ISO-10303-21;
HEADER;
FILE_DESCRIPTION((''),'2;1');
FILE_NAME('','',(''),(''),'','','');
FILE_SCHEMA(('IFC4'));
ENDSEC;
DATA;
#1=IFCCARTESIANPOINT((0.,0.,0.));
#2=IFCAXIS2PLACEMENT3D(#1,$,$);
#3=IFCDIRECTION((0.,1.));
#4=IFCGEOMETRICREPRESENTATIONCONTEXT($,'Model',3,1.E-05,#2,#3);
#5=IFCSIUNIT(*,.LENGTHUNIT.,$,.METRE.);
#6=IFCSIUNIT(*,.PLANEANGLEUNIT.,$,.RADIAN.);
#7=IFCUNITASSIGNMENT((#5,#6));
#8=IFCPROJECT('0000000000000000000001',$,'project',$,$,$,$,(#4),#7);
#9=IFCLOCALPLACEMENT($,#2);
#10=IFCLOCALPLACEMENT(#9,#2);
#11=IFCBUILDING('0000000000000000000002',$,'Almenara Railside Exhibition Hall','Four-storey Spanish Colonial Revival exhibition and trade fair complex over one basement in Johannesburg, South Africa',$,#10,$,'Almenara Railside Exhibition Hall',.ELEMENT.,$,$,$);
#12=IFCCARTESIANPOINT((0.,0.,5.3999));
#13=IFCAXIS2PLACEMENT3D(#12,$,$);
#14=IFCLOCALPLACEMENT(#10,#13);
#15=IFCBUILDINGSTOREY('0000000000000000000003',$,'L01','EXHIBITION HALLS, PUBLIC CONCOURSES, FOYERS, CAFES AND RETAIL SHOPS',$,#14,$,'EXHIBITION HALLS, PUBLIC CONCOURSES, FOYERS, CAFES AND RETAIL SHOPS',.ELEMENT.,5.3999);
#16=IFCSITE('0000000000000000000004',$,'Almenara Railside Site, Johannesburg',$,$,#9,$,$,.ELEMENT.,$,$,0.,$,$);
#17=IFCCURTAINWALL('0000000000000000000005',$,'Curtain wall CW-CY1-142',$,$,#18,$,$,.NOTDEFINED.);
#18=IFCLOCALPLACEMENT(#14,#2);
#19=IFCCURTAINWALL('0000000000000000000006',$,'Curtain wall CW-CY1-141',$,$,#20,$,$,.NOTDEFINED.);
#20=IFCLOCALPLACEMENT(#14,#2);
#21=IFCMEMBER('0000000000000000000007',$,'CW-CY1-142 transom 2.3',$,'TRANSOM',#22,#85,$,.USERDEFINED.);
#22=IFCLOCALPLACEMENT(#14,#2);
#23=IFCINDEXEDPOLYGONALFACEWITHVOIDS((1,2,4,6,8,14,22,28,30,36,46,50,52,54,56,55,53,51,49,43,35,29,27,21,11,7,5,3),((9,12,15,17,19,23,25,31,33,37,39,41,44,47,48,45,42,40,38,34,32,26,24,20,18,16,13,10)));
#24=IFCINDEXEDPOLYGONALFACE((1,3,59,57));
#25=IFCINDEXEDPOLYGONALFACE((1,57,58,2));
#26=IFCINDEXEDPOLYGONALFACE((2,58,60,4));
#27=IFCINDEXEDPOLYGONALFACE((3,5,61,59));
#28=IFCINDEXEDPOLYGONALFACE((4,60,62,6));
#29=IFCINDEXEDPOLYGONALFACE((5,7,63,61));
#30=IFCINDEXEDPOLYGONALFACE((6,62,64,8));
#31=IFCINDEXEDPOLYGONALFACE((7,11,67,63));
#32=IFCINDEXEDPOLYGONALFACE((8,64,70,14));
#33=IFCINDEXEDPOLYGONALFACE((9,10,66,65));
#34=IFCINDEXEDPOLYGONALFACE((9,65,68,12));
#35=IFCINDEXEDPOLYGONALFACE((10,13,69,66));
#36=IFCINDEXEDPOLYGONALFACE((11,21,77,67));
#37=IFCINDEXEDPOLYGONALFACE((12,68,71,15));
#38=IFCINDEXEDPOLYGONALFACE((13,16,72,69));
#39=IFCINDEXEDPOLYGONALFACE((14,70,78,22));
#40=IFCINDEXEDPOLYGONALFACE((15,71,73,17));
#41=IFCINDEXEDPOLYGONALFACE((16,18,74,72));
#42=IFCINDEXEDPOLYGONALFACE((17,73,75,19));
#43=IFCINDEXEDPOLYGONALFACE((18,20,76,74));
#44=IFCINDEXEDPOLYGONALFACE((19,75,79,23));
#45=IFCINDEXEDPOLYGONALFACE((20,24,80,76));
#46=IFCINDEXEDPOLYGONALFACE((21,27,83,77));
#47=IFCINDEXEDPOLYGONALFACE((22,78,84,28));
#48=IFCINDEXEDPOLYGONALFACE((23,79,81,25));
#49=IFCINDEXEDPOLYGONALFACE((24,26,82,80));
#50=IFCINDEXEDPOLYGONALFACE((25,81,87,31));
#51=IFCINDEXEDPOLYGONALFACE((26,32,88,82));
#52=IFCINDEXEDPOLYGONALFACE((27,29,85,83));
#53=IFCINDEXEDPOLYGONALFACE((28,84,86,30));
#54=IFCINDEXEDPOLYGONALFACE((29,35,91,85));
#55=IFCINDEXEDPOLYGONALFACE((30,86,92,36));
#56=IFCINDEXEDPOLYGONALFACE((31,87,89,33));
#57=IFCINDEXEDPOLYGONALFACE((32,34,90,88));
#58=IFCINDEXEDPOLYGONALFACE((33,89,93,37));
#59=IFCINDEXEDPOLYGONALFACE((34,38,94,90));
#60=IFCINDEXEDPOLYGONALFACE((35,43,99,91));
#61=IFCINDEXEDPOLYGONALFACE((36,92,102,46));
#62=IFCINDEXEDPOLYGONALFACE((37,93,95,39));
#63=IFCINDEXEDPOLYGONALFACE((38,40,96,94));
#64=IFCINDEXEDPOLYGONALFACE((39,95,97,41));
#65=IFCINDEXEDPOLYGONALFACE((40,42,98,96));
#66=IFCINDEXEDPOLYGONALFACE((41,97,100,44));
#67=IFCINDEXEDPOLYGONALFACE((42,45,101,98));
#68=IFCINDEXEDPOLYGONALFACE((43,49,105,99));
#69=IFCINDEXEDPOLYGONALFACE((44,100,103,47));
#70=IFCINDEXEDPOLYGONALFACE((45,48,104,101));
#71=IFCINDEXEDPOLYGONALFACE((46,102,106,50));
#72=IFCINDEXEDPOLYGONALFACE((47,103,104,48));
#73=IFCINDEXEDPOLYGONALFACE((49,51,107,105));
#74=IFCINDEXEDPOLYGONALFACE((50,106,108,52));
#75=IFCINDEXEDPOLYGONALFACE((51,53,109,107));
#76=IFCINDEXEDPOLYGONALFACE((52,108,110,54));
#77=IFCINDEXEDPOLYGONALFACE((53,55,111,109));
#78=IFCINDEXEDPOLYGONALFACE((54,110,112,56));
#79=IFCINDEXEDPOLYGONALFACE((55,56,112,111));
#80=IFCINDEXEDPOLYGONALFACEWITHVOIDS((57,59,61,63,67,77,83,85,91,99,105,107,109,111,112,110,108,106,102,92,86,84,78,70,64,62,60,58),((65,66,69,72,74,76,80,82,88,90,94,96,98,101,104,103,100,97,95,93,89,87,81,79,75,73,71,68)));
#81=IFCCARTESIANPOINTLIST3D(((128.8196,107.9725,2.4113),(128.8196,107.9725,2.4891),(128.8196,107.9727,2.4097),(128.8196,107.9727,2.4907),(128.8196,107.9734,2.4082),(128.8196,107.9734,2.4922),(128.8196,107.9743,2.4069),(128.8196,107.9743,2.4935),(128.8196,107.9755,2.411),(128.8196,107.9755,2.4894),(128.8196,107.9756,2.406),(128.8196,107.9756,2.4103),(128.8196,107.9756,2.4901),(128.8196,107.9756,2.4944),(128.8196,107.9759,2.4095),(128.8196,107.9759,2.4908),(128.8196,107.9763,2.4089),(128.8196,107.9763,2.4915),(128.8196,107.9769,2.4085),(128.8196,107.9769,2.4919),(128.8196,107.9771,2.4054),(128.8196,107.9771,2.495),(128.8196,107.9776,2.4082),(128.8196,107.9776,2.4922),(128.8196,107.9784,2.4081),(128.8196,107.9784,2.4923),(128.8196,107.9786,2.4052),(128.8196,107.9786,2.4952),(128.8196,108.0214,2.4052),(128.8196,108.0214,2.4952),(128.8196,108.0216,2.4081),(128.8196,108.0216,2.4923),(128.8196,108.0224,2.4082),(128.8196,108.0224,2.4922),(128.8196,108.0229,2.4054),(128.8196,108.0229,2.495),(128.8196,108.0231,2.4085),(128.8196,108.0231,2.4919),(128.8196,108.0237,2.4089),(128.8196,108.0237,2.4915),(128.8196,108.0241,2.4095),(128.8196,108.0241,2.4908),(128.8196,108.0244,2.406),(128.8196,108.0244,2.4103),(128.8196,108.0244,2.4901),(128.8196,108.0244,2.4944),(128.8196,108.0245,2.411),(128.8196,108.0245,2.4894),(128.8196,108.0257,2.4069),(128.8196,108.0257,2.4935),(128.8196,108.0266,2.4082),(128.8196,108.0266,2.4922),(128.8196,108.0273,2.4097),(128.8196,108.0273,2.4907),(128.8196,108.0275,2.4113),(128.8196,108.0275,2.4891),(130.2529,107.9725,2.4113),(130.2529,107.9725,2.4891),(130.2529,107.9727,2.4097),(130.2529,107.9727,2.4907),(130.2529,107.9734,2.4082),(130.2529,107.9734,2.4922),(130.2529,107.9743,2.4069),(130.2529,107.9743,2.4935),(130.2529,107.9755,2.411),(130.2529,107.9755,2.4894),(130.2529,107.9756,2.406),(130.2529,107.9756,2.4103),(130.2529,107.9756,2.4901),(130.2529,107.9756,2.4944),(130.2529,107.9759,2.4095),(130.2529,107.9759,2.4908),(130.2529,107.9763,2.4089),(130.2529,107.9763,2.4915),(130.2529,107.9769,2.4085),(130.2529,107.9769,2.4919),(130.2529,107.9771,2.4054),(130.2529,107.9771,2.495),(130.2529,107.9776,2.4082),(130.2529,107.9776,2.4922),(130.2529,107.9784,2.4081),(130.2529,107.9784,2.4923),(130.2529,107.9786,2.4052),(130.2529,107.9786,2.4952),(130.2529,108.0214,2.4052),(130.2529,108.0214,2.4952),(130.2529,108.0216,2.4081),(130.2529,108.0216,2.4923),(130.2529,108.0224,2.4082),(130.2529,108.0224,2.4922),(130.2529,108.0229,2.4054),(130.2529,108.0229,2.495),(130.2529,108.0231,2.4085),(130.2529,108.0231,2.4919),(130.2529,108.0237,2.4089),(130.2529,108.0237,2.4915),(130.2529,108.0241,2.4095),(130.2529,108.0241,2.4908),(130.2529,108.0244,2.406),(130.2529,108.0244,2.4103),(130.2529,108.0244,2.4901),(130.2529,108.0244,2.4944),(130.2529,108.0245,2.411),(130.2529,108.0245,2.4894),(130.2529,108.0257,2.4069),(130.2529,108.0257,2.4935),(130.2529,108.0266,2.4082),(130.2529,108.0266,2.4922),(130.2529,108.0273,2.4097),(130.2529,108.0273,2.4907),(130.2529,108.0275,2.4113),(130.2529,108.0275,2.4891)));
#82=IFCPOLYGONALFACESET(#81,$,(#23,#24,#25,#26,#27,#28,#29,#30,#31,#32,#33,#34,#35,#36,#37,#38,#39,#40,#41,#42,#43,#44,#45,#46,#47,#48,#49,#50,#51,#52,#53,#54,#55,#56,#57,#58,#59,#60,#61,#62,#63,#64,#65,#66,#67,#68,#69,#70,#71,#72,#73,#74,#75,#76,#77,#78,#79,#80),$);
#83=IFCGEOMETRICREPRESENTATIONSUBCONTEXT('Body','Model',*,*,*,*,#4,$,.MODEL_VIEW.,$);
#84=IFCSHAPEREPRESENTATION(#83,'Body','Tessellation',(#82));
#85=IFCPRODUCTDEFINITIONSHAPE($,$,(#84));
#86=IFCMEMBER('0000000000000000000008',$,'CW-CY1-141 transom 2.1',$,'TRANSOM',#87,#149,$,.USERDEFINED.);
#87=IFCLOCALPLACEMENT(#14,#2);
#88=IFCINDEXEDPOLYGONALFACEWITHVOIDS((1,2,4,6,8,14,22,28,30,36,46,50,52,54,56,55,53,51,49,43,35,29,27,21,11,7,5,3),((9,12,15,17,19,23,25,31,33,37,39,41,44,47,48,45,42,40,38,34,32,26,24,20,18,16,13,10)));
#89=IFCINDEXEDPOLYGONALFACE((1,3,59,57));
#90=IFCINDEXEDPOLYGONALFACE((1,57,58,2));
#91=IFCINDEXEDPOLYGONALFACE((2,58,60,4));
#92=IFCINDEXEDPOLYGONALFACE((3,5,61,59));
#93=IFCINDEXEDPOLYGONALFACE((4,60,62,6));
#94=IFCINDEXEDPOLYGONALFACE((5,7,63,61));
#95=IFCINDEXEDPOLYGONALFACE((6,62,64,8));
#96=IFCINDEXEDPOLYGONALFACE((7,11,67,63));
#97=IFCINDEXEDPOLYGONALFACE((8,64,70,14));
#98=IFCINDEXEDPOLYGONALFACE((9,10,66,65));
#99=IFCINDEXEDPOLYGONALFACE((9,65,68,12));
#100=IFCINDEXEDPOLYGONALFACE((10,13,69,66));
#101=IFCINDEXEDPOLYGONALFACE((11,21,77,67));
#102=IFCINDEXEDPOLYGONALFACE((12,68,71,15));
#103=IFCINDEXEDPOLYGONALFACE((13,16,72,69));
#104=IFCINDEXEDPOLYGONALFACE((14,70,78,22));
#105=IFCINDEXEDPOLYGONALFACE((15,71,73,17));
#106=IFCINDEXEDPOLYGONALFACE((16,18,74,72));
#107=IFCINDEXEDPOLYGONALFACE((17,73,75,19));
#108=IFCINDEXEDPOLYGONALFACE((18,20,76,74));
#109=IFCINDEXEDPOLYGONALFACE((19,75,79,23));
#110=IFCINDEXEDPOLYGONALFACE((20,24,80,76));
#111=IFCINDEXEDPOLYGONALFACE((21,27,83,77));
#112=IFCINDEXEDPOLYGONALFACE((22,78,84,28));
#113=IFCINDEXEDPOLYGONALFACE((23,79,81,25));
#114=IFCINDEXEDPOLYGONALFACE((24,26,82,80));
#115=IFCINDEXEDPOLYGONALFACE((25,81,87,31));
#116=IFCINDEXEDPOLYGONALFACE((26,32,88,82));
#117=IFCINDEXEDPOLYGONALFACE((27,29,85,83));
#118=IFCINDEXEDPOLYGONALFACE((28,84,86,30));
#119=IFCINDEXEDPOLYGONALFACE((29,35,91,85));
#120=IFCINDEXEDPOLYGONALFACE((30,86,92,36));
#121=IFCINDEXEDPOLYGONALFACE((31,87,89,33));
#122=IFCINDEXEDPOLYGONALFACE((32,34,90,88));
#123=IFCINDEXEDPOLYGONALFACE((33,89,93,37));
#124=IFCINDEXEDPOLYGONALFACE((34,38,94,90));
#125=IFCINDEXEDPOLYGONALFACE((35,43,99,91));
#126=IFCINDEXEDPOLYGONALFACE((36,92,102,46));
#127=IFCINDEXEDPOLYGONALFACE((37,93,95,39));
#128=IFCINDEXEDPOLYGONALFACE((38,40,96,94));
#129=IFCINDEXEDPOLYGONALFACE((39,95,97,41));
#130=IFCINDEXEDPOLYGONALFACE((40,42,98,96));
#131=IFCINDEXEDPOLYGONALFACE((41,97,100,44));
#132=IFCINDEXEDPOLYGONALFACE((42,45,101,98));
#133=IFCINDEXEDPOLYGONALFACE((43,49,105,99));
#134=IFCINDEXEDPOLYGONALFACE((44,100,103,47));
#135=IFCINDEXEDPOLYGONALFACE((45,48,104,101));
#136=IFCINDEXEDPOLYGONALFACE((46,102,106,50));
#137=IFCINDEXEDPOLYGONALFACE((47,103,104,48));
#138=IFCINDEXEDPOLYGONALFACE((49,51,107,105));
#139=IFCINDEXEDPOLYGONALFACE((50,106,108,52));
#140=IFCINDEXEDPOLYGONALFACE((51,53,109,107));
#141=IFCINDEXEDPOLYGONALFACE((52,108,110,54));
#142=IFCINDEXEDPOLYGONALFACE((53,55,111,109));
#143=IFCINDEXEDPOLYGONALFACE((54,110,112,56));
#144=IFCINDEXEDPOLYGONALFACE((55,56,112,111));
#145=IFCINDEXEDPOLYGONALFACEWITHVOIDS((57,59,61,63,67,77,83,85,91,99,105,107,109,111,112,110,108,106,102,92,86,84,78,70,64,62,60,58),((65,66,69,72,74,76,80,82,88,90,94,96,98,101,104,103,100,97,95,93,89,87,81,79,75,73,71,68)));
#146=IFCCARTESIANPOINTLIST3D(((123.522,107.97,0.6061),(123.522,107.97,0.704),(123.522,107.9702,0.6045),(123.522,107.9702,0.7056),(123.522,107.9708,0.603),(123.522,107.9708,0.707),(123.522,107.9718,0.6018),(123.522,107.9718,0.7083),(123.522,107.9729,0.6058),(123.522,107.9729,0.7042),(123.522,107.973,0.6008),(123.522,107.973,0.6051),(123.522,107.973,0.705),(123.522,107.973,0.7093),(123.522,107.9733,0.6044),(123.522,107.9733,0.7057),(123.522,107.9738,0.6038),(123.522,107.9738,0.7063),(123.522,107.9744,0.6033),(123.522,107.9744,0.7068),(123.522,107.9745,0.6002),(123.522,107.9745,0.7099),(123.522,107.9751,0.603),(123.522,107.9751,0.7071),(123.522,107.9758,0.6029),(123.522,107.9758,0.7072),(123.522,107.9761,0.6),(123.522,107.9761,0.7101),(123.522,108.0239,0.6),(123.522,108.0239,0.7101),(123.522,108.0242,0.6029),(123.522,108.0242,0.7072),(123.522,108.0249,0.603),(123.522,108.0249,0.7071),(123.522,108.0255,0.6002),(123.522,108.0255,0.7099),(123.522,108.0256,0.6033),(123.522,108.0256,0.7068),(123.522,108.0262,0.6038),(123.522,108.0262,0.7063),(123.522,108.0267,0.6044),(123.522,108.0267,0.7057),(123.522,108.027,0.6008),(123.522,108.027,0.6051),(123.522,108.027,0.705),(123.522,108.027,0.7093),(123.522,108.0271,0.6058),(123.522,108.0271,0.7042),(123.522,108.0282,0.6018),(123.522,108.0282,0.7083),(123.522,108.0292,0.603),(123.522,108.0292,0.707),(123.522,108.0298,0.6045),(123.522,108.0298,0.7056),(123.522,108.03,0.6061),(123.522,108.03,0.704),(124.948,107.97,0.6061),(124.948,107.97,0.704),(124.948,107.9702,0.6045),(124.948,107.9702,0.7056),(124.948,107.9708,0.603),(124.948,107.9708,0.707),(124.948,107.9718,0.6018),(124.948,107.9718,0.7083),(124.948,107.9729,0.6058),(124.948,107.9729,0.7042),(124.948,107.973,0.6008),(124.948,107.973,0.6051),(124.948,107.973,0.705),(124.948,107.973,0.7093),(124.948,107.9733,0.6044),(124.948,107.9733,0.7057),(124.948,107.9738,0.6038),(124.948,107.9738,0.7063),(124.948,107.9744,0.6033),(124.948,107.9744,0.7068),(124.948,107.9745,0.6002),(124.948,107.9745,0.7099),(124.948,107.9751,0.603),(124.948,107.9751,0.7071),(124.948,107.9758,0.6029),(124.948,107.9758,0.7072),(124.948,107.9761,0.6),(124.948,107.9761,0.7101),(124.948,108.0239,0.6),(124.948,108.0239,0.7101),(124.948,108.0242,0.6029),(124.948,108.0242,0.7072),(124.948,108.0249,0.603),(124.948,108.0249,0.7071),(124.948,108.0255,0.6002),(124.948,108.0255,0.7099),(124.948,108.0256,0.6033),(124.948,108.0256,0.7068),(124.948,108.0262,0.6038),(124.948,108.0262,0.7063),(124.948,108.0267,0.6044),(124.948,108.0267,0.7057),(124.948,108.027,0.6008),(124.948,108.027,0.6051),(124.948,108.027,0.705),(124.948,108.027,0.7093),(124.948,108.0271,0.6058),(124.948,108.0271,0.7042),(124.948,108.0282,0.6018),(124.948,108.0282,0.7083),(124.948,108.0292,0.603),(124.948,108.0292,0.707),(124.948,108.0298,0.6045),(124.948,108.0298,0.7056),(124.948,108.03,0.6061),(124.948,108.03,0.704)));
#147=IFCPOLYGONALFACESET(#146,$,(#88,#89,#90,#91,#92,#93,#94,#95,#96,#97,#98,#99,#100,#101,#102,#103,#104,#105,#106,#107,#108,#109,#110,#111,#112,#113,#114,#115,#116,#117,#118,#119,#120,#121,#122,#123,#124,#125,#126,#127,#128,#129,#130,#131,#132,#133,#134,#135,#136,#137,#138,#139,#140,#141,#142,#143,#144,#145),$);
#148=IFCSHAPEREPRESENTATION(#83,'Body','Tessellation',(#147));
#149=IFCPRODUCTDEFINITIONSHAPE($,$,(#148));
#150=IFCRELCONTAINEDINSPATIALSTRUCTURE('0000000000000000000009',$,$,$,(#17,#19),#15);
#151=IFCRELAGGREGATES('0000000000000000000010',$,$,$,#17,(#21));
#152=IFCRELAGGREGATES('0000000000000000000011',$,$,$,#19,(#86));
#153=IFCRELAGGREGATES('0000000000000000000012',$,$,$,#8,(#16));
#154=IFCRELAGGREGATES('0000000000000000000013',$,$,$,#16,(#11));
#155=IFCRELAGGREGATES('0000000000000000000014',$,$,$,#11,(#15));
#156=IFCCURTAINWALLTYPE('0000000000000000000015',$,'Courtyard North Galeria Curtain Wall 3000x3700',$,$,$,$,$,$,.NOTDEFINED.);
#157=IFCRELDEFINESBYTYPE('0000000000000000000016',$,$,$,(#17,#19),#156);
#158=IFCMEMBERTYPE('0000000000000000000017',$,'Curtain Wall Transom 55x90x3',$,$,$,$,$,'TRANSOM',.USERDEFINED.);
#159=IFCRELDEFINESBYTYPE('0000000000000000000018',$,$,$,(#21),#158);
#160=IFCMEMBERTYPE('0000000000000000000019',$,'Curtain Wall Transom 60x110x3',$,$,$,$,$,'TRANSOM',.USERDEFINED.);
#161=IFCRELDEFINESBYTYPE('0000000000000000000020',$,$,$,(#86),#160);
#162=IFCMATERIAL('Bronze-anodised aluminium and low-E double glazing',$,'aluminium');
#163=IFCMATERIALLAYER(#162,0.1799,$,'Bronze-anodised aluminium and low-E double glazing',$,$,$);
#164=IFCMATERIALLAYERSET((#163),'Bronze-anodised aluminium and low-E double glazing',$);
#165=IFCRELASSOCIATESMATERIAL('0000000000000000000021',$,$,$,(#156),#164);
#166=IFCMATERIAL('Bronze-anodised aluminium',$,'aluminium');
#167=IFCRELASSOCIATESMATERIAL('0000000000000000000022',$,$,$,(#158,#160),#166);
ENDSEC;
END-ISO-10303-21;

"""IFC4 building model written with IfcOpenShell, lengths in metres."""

from ifc_helpers import new_model, si_unit, direction, frame, origin, origin_2d, place, context, subcontext, project, spatial, hollow_rectangle, extrude, material, layer, layer_set, material_profile, profile_set, type_object, element, aggregate, save


model = new_model("IFC4")

# Units and contexts
model_context = context("Model", 3, precision=1e-05, world=origin(), true_north=direction((0.0, 1.0)))
body_context = subcontext(model_context, "Body", "Model", "MODEL_VIEW")
ifc_project = project(units=[si_unit("LENGTHUNIT", "METRE"), si_unit("PLANEANGLEUNIT", "RADIAN")], contexts=[model_context])

# Site, building, storey
site_placement = place(None, origin())
site = spatial("IfcSite", under=ifc_project, at=site_placement, Name="Almenara Railside Site, Johannesburg", CompositionType="ELEMENT", RefElevation=0.0)
building_placement = place(site_placement, origin())
building = spatial("IfcBuilding", under=site, at=building_placement, Name="Almenara Railside Exhibition Hall", Description="Four-storey Spanish Colonial Revival exhibition and trade fair complex over one basement in Johannesburg, South Africa", LongName="Almenara Railside Exhibition Hall", CompositionType="ELEMENT")
storey_placement = place(building_placement, frame((0.0, 0.0, 5.3999)))
storey = spatial("IfcBuildingStorey", under=building, at=storey_placement, Name="L01", Description="EXHIBITION HALLS, PUBLIC CONCOURSES, FOYERS, CAFES AND RETAIL SHOPS", LongName="EXHIBITION HALLS, PUBLIC CONCOURSES, FOYERS, CAFES AND RETAIL SHOPS", CompositionType="ELEMENT", Elevation=5.3999)

# Curtain walls
ifc_material_1 = material(Name="Bronze-anodised aluminium and low-E double glazing", Category="aluminium")
ifc_layer_1 = layer(ifc_material_1, 0.1799, Name="Bronze-anodised aluminium and low-E double glazing")
ifc_layer_set_1 = layer_set([ifc_layer_1], Name="Bronze-anodised aluminium and low-E double glazing")
curtain_wall_type = type_object("IfcCurtainWallType", Name="Courtyard North Galeria Curtain Wall 3000x3700", PredefinedType="NOTDEFINED", material=ifc_layer_set_1)
curtain_wall_1_placement = place(storey_placement, origin())
curtain_wall_1 = element("IfcCurtainWall", 1, at=curtain_wall_1_placement, inside=storey, type_object=curtain_wall_type, Name="Curtain wall CW-CY1-142", PredefinedType="NOTDEFINED")
ifc_material_2 = material(Name="Bronze-anodised aluminium", Category="aluminium")
curtain_wall_2_placement = place(storey_placement, origin())
curtain_wall_2 = element("IfcCurtainWall", 2, at=curtain_wall_2_placement, inside=storey, type_object=curtain_wall_type, Name="Curtain wall CW-CY1-141", PredefinedType="NOTDEFINED")

# Members
ifc_material_profile_1 = material_profile(ifc_material_2, hollow_rectangle(XDim=0.0549, YDim=0.0901, WallThickness=0.0029, InnerFilletRadius=0.0029, OuterFilletRadius=0.0061, at=origin_2d()), Name="ALU-TRN 55x90x3")
ifc_profile_set_1 = profile_set([ifc_material_profile_1], Name="Bronze-anodised aluminium")
member_type_1 = type_object("IfcMemberType", Name="Curtain Wall Transom 55x90x3", ElementType="TRANSOM", PredefinedType="USERDEFINED", material=ifc_profile_set_1)
member_1_placement = place(storey_placement, frame((128.8196, 108.0, 2.4502), z_axis=(1.0, 0.0, 0.0), x_axis=(0.0, 1.0, 0.0)))
member_1 = element("IfcMember", 3, at=member_1_placement, type_object=member_type_1, Name="CW-CY1-142 transom 2.3", ObjectType="TRANSOM", PredefinedType="USERDEFINED", context=body_context, shape_type="SweptSolid", body=[
    extrude(hollow_rectangle(XDim=0.0549, YDim=0.0901, WallThickness=0.0029, InnerFilletRadius=0.0029, OuterFilletRadius=0.0061, at=origin_2d()), origin(), (0.0, 0.0, 1.0), 1.4333),
])
ifc_material_profile_2 = material_profile(ifc_material_2, hollow_rectangle(XDim=0.0601, YDim=0.1101, WallThickness=0.0029, InnerFilletRadius=0.0029, OuterFilletRadius=0.0061, at=origin_2d()), Name="ALU-TRN 60x110x3")
ifc_profile_set_2 = profile_set([ifc_material_profile_2], Name="Bronze-anodised aluminium")
member_type_2 = type_object("IfcMemberType", Name="Curtain Wall Transom 60x110x3", ElementType="TRANSOM", PredefinedType="USERDEFINED", material=ifc_profile_set_2)
member_2_placement = place(storey_placement, frame((123.522, 108.0, 0.655), z_axis=(1.0, 0.0, 0.0), x_axis=(0.0, 1.0, 0.0)))
member_2 = element("IfcMember", 4, at=member_2_placement, type_object=member_type_2, Name="CW-CY1-141 transom 2.1", ObjectType="TRANSOM", PredefinedType="USERDEFINED", context=body_context, shape_type="SweptSolid", body=[
    extrude(hollow_rectangle(XDim=0.0601, YDim=0.1101, WallThickness=0.0029, InnerFilletRadius=0.0029, OuterFilletRadius=0.0061, at=origin_2d()), origin(), (0.0, 0.0, 1.0), 1.426),
])

aggregate(curtain_wall_1, [member_1])
aggregate(curtain_wall_2, [member_2])

save(model, "model.ifc")
